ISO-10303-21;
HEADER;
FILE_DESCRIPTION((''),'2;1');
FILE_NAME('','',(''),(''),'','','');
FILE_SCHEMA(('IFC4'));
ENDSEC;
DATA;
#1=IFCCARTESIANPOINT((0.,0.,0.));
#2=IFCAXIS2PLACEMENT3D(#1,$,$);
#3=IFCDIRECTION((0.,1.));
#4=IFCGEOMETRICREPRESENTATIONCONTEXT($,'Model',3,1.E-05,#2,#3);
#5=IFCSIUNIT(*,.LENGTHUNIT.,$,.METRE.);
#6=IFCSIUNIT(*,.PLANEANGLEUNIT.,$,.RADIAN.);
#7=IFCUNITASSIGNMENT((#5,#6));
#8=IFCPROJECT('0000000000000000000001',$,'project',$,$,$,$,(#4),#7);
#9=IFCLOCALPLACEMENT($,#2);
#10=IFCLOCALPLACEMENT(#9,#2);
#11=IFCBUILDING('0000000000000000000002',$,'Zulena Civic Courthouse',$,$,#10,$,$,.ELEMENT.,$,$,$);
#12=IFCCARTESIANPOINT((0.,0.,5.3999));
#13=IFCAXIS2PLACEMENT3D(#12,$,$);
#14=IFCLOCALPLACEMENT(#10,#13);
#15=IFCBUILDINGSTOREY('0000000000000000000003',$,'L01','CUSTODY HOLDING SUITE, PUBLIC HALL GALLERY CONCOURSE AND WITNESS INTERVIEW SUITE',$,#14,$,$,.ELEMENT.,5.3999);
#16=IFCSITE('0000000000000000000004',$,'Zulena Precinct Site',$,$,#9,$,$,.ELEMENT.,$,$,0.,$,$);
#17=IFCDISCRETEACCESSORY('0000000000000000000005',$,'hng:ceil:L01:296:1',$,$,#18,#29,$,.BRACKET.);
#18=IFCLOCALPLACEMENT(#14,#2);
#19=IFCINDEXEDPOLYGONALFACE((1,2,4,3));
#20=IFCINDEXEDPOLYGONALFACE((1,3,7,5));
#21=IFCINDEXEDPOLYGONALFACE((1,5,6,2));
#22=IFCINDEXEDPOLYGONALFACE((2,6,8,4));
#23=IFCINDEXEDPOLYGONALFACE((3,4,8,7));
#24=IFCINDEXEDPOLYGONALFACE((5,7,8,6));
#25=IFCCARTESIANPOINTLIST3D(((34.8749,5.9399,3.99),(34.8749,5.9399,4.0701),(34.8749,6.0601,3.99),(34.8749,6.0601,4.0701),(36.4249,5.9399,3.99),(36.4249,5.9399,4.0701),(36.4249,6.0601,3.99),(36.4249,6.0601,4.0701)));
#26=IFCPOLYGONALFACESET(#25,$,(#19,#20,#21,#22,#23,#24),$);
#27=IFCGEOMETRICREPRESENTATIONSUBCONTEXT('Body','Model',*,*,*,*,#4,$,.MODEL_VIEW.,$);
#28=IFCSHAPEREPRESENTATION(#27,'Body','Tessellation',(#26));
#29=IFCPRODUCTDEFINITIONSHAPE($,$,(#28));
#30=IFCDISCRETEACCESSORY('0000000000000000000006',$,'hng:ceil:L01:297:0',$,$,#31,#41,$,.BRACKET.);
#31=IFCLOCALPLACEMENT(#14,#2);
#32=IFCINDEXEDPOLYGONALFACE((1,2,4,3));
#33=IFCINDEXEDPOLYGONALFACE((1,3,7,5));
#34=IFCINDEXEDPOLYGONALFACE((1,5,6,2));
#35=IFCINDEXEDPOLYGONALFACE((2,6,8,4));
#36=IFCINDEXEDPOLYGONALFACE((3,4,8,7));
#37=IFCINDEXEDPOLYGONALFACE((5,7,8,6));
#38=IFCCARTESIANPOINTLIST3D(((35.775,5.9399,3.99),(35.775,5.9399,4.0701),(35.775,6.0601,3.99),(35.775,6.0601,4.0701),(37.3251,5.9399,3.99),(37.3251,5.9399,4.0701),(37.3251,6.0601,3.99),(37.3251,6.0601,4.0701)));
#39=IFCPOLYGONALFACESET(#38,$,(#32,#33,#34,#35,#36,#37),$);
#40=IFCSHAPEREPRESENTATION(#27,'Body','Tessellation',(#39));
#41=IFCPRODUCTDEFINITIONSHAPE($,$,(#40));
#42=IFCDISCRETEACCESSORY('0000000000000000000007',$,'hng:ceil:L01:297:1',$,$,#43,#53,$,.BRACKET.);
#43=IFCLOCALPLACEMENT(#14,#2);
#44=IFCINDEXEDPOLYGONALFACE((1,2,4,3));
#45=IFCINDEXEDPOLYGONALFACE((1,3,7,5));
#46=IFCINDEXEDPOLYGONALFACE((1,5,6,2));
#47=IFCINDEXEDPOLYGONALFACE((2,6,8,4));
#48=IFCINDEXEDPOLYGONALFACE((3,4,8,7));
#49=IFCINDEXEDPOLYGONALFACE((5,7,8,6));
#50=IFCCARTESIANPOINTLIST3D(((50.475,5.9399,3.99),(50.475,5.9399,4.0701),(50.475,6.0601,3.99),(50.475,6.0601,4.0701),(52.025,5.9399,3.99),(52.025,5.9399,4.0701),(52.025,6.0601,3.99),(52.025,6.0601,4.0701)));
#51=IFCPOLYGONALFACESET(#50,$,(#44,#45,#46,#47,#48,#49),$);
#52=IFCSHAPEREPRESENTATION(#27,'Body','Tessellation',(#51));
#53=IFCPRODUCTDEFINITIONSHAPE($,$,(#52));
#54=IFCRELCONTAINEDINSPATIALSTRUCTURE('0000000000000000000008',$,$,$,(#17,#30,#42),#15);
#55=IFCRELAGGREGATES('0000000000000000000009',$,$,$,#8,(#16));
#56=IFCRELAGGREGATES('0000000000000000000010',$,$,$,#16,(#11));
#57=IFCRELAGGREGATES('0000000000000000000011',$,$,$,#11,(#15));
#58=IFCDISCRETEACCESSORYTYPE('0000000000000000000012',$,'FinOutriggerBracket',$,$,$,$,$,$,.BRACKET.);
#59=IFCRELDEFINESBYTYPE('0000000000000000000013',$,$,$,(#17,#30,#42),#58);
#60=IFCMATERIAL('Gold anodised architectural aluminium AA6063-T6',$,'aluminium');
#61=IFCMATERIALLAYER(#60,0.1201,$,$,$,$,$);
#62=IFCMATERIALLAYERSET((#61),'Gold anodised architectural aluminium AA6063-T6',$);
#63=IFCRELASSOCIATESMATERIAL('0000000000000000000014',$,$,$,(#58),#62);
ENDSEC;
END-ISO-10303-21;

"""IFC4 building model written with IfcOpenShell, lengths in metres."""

from ifc_helpers import new_model, si_unit, direction, frame, origin, origin_2d, place, context, subcontext, project, spatial, rectangle, extrude, material, layer, layer_set, type_object, element, save


model = new_model("IFC4")

# Units and contexts
model_context = context("Model", 3, precision=1e-05, world=origin(), true_north=direction((0.0, 1.0)))
body_context = subcontext(model_context, "Body", "Model", "MODEL_VIEW")
ifc_project = project(units=[si_unit("LENGTHUNIT", "METRE"), si_unit("PLANEANGLEUNIT", "RADIAN")], contexts=[model_context])

# Site, building, storey
site_placement = place(None, origin())
site = spatial("IfcSite", under=ifc_project, at=site_placement, Name="Zulena Precinct Site", CompositionType="ELEMENT", RefElevation=0.0)
building_placement = place(site_placement, origin())
building = spatial("IfcBuilding", under=site, at=building_placement, Name="Zulena Civic Courthouse", CompositionType="ELEMENT")
storey_placement = place(building_placement, frame((0.0, 0.0, 5.3999)))
storey = spatial("IfcBuildingStorey", under=building, at=storey_placement, Name="L01", Description="CUSTODY HOLDING SUITE, PUBLIC HALL GALLERY CONCOURSE AND WITNESS INTERVIEW SUITE", CompositionType="ELEMENT", Elevation=5.3999)

# Discrete accessories
ifc_material_1 = material(Name="Gold anodised architectural aluminium AA6063-T6", Category="aluminium")
ifc_layer_1 = layer(ifc_material_1, 0.1201)
ifc_layer_set_1 = layer_set([ifc_layer_1], Name="Gold anodised architectural aluminium AA6063-T6")
discrete_accessory_type = type_object("IfcDiscreteAccessoryType", Name="FinOutriggerBracket", PredefinedType="BRACKET", material=ifc_layer_set_1)
for number, where, z_axis, x_axis, name in (
    (1, (35.6499, 6.0, 3.99), (0.0, 0.0, 1.0), (1.0, 0.0, 0.0), "hng:ceil:L01:296:1"),
    (2, (36.55, 6.0, 3.99), (0.0, 0.0, 1.0), (1.0, 0.0, 0.0), "hng:ceil:L01:297:0"),
    (3, (51.25, 6.0, 3.99), (0.0, 0.0, 1.0), (1.0, 0.0, 0.0), "hng:ceil:L01:297:1"),
):
    element("IfcDiscreteAccessory", number, at=place(storey_placement, frame(where, z_axis=z_axis, x_axis=x_axis)), inside=storey, type_object=discrete_accessory_type, Name=name, PredefinedType="BRACKET", context=body_context, shape_type="SweptSolid", body=[
        extrude(rectangle(XDim=1.55, YDim=0.1201, at=origin_2d()), origin(), (0.0, 0.0, 1.0), 0.0801),
    ])

save(model, "model.ifc")
